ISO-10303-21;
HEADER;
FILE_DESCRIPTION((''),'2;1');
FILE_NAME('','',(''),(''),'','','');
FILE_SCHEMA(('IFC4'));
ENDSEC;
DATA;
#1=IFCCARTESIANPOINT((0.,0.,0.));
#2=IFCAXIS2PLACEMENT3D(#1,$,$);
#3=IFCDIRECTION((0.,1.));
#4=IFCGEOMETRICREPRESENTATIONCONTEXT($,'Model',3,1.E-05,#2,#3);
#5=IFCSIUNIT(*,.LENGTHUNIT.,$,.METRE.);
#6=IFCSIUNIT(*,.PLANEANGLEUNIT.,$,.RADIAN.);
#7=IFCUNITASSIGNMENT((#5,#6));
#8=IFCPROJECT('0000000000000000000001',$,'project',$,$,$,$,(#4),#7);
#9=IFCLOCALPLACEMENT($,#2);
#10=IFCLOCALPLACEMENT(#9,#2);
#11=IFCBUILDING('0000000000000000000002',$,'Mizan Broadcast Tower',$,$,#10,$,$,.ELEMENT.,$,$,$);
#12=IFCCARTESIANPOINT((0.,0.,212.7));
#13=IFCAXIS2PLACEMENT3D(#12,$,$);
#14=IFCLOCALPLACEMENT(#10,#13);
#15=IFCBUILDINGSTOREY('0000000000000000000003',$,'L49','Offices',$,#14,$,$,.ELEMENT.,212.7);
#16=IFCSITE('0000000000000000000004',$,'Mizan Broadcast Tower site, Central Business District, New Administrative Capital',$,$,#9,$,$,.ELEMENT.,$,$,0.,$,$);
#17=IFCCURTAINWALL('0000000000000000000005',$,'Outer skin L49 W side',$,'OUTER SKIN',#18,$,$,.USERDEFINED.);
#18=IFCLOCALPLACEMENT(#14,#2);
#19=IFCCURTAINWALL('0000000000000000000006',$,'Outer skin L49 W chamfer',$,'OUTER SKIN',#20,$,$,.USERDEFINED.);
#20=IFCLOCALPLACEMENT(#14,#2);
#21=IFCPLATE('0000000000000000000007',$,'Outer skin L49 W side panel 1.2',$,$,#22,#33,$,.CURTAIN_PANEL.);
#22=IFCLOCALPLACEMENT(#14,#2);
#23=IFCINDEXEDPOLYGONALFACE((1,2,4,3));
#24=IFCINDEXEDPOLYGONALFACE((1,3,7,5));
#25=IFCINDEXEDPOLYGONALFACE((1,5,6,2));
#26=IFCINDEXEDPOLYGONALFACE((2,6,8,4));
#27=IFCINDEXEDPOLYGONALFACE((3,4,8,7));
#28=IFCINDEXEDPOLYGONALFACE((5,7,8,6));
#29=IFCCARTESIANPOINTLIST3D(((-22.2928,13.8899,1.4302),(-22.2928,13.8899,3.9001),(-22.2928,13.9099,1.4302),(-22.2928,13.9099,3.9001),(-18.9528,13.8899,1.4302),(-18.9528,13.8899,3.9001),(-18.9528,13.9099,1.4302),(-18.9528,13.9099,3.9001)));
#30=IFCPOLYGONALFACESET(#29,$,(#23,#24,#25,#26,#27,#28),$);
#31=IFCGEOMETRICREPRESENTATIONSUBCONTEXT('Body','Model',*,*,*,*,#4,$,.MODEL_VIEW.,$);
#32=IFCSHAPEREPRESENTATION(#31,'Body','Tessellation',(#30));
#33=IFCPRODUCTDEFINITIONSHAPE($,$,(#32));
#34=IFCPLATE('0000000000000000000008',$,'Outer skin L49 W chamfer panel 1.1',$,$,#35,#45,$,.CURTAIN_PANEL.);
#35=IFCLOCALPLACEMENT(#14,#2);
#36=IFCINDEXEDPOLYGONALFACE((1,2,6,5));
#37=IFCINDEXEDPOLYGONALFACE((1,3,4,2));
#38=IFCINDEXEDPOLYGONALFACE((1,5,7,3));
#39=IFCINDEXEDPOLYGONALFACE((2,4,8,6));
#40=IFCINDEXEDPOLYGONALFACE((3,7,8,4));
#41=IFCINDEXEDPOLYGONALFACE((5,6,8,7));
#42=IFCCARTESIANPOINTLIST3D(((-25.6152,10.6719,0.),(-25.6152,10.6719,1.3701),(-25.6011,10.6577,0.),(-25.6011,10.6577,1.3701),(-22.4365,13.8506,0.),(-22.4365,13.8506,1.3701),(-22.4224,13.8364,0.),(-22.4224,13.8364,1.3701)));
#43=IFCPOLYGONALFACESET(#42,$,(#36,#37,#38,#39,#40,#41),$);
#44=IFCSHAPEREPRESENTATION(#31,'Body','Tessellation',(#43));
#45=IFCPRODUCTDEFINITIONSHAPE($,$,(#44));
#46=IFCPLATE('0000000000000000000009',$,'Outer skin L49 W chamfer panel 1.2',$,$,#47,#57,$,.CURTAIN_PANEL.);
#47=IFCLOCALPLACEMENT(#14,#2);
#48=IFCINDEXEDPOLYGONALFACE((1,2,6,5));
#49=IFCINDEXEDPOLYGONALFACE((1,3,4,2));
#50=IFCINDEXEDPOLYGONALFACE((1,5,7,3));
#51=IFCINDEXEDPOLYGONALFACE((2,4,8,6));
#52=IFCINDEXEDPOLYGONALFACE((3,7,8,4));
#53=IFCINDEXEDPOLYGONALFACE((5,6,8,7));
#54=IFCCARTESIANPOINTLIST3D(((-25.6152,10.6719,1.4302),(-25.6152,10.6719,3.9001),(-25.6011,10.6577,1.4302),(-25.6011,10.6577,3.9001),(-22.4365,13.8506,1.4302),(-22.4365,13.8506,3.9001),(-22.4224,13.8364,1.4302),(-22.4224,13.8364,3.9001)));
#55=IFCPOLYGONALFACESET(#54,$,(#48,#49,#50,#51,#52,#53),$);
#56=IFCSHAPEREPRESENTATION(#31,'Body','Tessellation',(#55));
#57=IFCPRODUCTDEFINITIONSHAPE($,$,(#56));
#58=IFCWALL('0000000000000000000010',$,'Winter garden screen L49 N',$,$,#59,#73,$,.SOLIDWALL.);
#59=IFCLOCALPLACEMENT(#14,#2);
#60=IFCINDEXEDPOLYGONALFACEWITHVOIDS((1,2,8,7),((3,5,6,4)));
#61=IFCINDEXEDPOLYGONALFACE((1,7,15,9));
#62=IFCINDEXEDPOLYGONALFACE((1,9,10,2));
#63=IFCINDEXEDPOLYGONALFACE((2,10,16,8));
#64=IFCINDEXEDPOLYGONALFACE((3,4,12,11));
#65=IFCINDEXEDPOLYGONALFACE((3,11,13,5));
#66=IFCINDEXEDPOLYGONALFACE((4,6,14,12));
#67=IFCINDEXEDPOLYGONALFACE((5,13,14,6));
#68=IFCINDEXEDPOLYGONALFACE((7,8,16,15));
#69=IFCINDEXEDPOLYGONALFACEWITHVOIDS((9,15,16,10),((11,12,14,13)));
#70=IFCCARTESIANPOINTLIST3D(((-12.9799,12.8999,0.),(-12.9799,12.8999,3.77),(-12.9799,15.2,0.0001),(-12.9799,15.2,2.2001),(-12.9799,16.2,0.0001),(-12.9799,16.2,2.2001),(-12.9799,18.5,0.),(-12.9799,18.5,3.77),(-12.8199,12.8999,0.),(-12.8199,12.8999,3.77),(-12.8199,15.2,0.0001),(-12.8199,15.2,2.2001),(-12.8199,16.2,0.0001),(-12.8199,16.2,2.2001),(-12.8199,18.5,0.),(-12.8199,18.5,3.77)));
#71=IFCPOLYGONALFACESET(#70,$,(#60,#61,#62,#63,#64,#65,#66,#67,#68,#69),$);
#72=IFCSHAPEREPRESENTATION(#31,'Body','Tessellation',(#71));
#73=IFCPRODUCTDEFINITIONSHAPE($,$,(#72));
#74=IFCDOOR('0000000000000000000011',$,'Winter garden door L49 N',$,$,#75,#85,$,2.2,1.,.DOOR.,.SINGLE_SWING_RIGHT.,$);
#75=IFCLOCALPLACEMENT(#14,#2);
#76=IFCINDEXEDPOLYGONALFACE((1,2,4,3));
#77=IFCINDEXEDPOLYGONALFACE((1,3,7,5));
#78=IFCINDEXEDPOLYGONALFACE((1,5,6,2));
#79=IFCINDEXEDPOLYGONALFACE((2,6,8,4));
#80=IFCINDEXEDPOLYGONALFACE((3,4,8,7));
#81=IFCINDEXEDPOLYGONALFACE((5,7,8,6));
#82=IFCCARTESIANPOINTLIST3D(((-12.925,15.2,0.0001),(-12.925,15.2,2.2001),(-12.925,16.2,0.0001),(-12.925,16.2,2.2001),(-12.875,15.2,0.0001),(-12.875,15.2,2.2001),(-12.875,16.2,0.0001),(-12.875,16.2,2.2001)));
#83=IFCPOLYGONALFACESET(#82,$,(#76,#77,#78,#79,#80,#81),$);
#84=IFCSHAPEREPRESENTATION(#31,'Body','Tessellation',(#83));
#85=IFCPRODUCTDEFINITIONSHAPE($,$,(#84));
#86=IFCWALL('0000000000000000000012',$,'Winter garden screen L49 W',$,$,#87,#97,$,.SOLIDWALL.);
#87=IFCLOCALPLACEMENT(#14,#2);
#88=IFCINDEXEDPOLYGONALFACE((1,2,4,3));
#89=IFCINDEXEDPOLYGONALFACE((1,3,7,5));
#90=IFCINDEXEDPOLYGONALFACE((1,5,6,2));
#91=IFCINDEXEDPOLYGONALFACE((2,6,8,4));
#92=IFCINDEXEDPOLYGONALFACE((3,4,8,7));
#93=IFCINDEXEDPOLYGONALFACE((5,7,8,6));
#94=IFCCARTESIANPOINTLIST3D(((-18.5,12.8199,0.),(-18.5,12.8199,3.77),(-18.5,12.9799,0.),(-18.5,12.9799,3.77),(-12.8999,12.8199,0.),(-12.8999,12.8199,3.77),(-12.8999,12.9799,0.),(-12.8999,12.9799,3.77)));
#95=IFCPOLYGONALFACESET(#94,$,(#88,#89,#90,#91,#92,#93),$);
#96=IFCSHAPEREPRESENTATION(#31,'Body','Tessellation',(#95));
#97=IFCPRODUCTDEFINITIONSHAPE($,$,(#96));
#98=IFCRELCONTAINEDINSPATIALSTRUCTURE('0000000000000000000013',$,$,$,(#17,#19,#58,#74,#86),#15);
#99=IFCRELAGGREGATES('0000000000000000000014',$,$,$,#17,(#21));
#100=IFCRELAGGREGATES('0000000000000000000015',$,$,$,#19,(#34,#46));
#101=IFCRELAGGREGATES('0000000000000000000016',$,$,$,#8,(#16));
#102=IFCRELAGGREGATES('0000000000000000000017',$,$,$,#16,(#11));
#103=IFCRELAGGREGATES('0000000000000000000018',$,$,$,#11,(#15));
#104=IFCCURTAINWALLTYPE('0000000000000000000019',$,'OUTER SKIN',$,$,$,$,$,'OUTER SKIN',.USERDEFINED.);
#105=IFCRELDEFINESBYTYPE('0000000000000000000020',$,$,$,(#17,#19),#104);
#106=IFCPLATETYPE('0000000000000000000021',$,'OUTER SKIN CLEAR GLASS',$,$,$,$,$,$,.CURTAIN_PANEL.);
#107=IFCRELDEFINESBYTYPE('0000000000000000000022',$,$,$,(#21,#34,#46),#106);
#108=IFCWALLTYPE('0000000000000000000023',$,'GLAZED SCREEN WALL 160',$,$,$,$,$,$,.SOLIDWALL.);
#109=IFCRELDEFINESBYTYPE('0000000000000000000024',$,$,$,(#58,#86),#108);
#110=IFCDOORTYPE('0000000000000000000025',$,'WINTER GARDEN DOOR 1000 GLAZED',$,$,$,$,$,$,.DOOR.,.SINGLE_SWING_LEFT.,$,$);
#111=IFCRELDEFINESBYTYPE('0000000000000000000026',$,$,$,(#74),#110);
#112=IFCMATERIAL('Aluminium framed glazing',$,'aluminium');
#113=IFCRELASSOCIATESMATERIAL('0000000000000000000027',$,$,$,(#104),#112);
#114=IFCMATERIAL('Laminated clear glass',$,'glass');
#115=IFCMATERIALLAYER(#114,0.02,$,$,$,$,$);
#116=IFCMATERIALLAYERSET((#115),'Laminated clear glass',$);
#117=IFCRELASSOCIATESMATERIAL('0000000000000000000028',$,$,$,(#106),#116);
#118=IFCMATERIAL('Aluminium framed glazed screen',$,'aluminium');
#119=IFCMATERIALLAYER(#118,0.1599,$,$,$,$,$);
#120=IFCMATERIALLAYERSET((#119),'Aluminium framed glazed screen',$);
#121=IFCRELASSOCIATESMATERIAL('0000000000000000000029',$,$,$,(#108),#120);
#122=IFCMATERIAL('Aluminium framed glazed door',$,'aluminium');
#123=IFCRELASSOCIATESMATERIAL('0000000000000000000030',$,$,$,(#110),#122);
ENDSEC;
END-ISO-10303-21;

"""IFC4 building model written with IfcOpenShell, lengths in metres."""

from ifc_helpers import new_model, si_unit, direction, frame, frame_2d, origin, origin_2d, place, context, subcontext, project, spatial, rectangle, extrude, material, layer, layer_set, type_object, element, fill, aggregate, save


model = new_model("IFC4")

# Units and contexts
model_context = context("Model", 3, precision=1e-05, world=origin(), true_north=direction((0.0, 1.0)))
body_context = subcontext(model_context, "Body", "Model", "MODEL_VIEW")
ifc_project = project(units=[si_unit("LENGTHUNIT", "METRE"), si_unit("PLANEANGLEUNIT", "RADIAN")], contexts=[model_context])

# Site, building, storey
site_placement = place(None, origin())
site = spatial("IfcSite", under=ifc_project, at=site_placement, Name="Mizan Broadcast Tower site, Central Business District, New Administrative Capital", CompositionType="ELEMENT", RefElevation=0.0)
building_placement = place(site_placement, origin())
building = spatial("IfcBuilding", under=site, at=building_placement, Name="Mizan Broadcast Tower", CompositionType="ELEMENT")
storey_placement = place(building_placement, frame((0.0, 0.0, 212.7)))
storey = spatial("IfcBuildingStorey", under=building, at=storey_placement, Name="L49", Description="Offices", CompositionType="ELEMENT", Elevation=212.7)

# Curtain wall
ifc_material_1 = material(Name="Aluminium framed glazing", Category="aluminium")
curtain_wall_type_1 = type_object("IfcCurtainWallType", Name="OUTER SKIN", ElementType="OUTER SKIN", PredefinedType="USERDEFINED", material=ifc_material_1)
curtain_wall_1_placement = place(storey_placement, origin())
curtain_wall_1 = element("IfcCurtainWall", 1, at=curtain_wall_1_placement, inside=storey, type_object=curtain_wall_type_1, Name="Outer skin L49 W side", ObjectType="OUTER SKIN", PredefinedType="USERDEFINED")

# Curtain wall
curtain_wall_2_placement = place(storey_placement, origin())
curtain_wall_2 = element("IfcCurtainWall", 2, at=curtain_wall_2_placement, inside=storey, type_object=curtain_wall_type_1, Name="Outer skin L49 W chamfer", ObjectType="OUTER SKIN", PredefinedType="USERDEFINED")

# Plates
ifc_material_2 = material(Name="Laminated clear glass", Category="glass")
ifc_layer_1 = layer(ifc_material_2, 0.02)
ifc_layer_set_1 = layer_set([ifc_layer_1], Name="Laminated clear glass")
plate_type_1 = type_object("IfcPlateType", Name="OUTER SKIN CLEAR GLASS", PredefinedType="CURTAIN_PANEL", material=ifc_layer_set_1)
plate_1_placement = place(storey_placement, frame((-20.6228, 13.8999, 1.4302), z_axis=(0.0, 0.0, 1.0), x_axis=(-1.0, 0.0, 0.0)))
plate_1 = element("IfcPlate", 3, at=plate_1_placement, type_object=plate_type_1, Name="Outer skin L49 W side panel 1.2", PredefinedType="CURTAIN_PANEL", context=body_context, shape_type="SweptSolid", body=[
    extrude(rectangle(XDim=3.3401, YDim=0.02, at=origin_2d()), origin(), (0.0, 0.0, 1.0), 2.47),
])
aggregate(curtain_wall_1, [plate_1])
plate_2_placement = place(storey_placement, frame((-24.0188, 12.2542, 0.0), z_axis=(0.0, 0.0, 1.0), x_axis=(-0.707107, -0.707107, 0.0)))
plate_2 = element("IfcPlate", 4, at=plate_2_placement, type_object=plate_type_1, Name="Outer skin L49 W chamfer panel 1.1", PredefinedType="CURTAIN_PANEL", context=body_context, shape_type="SweptSolid", body=[
    extrude(rectangle(XDim=4.4954, YDim=0.02, at=origin_2d()), origin(), (0.0, 0.0, 1.0), 1.3701),
])
plate_3_placement = place(storey_placement, frame((-24.0188, 12.2542, 1.4302), z_axis=(0.0, 0.0, 1.0), x_axis=(-0.707107, -0.707107, 0.0)))
plate_3 = element("IfcPlate", 5, at=plate_3_placement, type_object=plate_type_1, Name="Outer skin L49 W chamfer panel 1.2", PredefinedType="CURTAIN_PANEL", context=body_context, shape_type="SweptSolid", body=[
    extrude(rectangle(XDim=4.4954, YDim=0.02, at=origin_2d()), origin(), (0.0, 0.0, 1.0), 2.47),
])
aggregate(curtain_wall_2, [plate_2, plate_3])

# Wall, opening, door
ifc_material_3 = material(Name="Aluminium framed glazed screen", Category="aluminium")
ifc_layer_2 = layer(ifc_material_3, 0.1599)
ifc_layer_set_2 = layer_set([ifc_layer_2], Name="Aluminium framed glazed screen")
wall_type = type_object("IfcWallType", Name="GLAZED SCREEN WALL 160", PredefinedType="SOLIDWALL", material=ifc_layer_set_2)
wall_1_placement = place(storey_placement, frame((-12.8999, 18.5, 0.0), z_axis=(0.0, 0.0, 1.0), x_axis=(0.0, -1.0, 0.0)))
wall_1 = element("IfcWall", 6, at=wall_1_placement, inside=storey, type_object=wall_type, Name="Winter garden screen L49 N", PredefinedType="SOLIDWALL", context=body_context, shape_type="SweptSolid", body=[
    extrude(rectangle(XDim=5.6001, YDim=0.1599, at=frame_2d((2.8, 0.0))), origin(), (0.0, 0.0, 1.0), 3.77),
])
opening_placement = place(wall_1_placement, frame((2.3, 0.0, 0.0)))
opening = element("IfcOpeningElement", 7, at=opening_placement, cuts=wall_1, PredefinedType="OPENING", context=body_context, shape_type="SweptSolid", body=[
    extrude(rectangle(XDim=1.0, YDim=2.2, at=frame_2d((0.5, 1.1001))), frame((0.0, 0.0898, 0.0), z_axis=(0.0, -1.0, 0.0), x_axis=(1.0, 0.0, 0.0)), (0.0, 0.0, 1.0), 0.1799),
])
ifc_material_4 = material(Name="Aluminium framed glazed door", Category="aluminium")
door_type = type_object("IfcDoorType", Name="WINTER GARDEN DOOR 1000 GLAZED", OperationType="SINGLE_SWING_LEFT", PredefinedType="DOOR", material=ifc_material_4)
door_placement = place(opening_placement, origin())
door = element("IfcDoor", 8, at=door_placement, inside=storey, type_object=door_type, Name="Winter garden door L49 N", OperationType="SINGLE_SWING_RIGHT", OverallHeight=2.2, OverallWidth=1.0, PredefinedType="DOOR", context=body_context, shape_type="SweptSolid", body=[
    extrude(rectangle(XDim=1.0, YDim=2.2, at=frame_2d((0.5, 1.1001))), frame((0.0, 0.0249, 0.0), z_axis=(0.0, -1.0, 0.0), x_axis=(1.0, 0.0, 0.0)), (0.0, 0.0, 1.0), 0.05),
])
fill(opening, door)

# Wall
wall_2_placement = place(storey_placement, frame((-12.8999, 12.8999, 0.0), z_axis=(0.0, 0.0, 1.0), x_axis=(-1.0, 0.0, 0.0)))
element("IfcWall", 9, at=wall_2_placement, inside=storey, type_object=wall_type, Name="Winter garden screen L49 W", PredefinedType="SOLIDWALL", context=body_context, shape_type="SweptSolid", body=[
    extrude(rectangle(XDim=5.6001, YDim=0.1599, at=frame_2d((2.8, 0.0))), origin(), (0.0, 0.0, 1.0), 3.77),
])

save(model, "model.ifc")
